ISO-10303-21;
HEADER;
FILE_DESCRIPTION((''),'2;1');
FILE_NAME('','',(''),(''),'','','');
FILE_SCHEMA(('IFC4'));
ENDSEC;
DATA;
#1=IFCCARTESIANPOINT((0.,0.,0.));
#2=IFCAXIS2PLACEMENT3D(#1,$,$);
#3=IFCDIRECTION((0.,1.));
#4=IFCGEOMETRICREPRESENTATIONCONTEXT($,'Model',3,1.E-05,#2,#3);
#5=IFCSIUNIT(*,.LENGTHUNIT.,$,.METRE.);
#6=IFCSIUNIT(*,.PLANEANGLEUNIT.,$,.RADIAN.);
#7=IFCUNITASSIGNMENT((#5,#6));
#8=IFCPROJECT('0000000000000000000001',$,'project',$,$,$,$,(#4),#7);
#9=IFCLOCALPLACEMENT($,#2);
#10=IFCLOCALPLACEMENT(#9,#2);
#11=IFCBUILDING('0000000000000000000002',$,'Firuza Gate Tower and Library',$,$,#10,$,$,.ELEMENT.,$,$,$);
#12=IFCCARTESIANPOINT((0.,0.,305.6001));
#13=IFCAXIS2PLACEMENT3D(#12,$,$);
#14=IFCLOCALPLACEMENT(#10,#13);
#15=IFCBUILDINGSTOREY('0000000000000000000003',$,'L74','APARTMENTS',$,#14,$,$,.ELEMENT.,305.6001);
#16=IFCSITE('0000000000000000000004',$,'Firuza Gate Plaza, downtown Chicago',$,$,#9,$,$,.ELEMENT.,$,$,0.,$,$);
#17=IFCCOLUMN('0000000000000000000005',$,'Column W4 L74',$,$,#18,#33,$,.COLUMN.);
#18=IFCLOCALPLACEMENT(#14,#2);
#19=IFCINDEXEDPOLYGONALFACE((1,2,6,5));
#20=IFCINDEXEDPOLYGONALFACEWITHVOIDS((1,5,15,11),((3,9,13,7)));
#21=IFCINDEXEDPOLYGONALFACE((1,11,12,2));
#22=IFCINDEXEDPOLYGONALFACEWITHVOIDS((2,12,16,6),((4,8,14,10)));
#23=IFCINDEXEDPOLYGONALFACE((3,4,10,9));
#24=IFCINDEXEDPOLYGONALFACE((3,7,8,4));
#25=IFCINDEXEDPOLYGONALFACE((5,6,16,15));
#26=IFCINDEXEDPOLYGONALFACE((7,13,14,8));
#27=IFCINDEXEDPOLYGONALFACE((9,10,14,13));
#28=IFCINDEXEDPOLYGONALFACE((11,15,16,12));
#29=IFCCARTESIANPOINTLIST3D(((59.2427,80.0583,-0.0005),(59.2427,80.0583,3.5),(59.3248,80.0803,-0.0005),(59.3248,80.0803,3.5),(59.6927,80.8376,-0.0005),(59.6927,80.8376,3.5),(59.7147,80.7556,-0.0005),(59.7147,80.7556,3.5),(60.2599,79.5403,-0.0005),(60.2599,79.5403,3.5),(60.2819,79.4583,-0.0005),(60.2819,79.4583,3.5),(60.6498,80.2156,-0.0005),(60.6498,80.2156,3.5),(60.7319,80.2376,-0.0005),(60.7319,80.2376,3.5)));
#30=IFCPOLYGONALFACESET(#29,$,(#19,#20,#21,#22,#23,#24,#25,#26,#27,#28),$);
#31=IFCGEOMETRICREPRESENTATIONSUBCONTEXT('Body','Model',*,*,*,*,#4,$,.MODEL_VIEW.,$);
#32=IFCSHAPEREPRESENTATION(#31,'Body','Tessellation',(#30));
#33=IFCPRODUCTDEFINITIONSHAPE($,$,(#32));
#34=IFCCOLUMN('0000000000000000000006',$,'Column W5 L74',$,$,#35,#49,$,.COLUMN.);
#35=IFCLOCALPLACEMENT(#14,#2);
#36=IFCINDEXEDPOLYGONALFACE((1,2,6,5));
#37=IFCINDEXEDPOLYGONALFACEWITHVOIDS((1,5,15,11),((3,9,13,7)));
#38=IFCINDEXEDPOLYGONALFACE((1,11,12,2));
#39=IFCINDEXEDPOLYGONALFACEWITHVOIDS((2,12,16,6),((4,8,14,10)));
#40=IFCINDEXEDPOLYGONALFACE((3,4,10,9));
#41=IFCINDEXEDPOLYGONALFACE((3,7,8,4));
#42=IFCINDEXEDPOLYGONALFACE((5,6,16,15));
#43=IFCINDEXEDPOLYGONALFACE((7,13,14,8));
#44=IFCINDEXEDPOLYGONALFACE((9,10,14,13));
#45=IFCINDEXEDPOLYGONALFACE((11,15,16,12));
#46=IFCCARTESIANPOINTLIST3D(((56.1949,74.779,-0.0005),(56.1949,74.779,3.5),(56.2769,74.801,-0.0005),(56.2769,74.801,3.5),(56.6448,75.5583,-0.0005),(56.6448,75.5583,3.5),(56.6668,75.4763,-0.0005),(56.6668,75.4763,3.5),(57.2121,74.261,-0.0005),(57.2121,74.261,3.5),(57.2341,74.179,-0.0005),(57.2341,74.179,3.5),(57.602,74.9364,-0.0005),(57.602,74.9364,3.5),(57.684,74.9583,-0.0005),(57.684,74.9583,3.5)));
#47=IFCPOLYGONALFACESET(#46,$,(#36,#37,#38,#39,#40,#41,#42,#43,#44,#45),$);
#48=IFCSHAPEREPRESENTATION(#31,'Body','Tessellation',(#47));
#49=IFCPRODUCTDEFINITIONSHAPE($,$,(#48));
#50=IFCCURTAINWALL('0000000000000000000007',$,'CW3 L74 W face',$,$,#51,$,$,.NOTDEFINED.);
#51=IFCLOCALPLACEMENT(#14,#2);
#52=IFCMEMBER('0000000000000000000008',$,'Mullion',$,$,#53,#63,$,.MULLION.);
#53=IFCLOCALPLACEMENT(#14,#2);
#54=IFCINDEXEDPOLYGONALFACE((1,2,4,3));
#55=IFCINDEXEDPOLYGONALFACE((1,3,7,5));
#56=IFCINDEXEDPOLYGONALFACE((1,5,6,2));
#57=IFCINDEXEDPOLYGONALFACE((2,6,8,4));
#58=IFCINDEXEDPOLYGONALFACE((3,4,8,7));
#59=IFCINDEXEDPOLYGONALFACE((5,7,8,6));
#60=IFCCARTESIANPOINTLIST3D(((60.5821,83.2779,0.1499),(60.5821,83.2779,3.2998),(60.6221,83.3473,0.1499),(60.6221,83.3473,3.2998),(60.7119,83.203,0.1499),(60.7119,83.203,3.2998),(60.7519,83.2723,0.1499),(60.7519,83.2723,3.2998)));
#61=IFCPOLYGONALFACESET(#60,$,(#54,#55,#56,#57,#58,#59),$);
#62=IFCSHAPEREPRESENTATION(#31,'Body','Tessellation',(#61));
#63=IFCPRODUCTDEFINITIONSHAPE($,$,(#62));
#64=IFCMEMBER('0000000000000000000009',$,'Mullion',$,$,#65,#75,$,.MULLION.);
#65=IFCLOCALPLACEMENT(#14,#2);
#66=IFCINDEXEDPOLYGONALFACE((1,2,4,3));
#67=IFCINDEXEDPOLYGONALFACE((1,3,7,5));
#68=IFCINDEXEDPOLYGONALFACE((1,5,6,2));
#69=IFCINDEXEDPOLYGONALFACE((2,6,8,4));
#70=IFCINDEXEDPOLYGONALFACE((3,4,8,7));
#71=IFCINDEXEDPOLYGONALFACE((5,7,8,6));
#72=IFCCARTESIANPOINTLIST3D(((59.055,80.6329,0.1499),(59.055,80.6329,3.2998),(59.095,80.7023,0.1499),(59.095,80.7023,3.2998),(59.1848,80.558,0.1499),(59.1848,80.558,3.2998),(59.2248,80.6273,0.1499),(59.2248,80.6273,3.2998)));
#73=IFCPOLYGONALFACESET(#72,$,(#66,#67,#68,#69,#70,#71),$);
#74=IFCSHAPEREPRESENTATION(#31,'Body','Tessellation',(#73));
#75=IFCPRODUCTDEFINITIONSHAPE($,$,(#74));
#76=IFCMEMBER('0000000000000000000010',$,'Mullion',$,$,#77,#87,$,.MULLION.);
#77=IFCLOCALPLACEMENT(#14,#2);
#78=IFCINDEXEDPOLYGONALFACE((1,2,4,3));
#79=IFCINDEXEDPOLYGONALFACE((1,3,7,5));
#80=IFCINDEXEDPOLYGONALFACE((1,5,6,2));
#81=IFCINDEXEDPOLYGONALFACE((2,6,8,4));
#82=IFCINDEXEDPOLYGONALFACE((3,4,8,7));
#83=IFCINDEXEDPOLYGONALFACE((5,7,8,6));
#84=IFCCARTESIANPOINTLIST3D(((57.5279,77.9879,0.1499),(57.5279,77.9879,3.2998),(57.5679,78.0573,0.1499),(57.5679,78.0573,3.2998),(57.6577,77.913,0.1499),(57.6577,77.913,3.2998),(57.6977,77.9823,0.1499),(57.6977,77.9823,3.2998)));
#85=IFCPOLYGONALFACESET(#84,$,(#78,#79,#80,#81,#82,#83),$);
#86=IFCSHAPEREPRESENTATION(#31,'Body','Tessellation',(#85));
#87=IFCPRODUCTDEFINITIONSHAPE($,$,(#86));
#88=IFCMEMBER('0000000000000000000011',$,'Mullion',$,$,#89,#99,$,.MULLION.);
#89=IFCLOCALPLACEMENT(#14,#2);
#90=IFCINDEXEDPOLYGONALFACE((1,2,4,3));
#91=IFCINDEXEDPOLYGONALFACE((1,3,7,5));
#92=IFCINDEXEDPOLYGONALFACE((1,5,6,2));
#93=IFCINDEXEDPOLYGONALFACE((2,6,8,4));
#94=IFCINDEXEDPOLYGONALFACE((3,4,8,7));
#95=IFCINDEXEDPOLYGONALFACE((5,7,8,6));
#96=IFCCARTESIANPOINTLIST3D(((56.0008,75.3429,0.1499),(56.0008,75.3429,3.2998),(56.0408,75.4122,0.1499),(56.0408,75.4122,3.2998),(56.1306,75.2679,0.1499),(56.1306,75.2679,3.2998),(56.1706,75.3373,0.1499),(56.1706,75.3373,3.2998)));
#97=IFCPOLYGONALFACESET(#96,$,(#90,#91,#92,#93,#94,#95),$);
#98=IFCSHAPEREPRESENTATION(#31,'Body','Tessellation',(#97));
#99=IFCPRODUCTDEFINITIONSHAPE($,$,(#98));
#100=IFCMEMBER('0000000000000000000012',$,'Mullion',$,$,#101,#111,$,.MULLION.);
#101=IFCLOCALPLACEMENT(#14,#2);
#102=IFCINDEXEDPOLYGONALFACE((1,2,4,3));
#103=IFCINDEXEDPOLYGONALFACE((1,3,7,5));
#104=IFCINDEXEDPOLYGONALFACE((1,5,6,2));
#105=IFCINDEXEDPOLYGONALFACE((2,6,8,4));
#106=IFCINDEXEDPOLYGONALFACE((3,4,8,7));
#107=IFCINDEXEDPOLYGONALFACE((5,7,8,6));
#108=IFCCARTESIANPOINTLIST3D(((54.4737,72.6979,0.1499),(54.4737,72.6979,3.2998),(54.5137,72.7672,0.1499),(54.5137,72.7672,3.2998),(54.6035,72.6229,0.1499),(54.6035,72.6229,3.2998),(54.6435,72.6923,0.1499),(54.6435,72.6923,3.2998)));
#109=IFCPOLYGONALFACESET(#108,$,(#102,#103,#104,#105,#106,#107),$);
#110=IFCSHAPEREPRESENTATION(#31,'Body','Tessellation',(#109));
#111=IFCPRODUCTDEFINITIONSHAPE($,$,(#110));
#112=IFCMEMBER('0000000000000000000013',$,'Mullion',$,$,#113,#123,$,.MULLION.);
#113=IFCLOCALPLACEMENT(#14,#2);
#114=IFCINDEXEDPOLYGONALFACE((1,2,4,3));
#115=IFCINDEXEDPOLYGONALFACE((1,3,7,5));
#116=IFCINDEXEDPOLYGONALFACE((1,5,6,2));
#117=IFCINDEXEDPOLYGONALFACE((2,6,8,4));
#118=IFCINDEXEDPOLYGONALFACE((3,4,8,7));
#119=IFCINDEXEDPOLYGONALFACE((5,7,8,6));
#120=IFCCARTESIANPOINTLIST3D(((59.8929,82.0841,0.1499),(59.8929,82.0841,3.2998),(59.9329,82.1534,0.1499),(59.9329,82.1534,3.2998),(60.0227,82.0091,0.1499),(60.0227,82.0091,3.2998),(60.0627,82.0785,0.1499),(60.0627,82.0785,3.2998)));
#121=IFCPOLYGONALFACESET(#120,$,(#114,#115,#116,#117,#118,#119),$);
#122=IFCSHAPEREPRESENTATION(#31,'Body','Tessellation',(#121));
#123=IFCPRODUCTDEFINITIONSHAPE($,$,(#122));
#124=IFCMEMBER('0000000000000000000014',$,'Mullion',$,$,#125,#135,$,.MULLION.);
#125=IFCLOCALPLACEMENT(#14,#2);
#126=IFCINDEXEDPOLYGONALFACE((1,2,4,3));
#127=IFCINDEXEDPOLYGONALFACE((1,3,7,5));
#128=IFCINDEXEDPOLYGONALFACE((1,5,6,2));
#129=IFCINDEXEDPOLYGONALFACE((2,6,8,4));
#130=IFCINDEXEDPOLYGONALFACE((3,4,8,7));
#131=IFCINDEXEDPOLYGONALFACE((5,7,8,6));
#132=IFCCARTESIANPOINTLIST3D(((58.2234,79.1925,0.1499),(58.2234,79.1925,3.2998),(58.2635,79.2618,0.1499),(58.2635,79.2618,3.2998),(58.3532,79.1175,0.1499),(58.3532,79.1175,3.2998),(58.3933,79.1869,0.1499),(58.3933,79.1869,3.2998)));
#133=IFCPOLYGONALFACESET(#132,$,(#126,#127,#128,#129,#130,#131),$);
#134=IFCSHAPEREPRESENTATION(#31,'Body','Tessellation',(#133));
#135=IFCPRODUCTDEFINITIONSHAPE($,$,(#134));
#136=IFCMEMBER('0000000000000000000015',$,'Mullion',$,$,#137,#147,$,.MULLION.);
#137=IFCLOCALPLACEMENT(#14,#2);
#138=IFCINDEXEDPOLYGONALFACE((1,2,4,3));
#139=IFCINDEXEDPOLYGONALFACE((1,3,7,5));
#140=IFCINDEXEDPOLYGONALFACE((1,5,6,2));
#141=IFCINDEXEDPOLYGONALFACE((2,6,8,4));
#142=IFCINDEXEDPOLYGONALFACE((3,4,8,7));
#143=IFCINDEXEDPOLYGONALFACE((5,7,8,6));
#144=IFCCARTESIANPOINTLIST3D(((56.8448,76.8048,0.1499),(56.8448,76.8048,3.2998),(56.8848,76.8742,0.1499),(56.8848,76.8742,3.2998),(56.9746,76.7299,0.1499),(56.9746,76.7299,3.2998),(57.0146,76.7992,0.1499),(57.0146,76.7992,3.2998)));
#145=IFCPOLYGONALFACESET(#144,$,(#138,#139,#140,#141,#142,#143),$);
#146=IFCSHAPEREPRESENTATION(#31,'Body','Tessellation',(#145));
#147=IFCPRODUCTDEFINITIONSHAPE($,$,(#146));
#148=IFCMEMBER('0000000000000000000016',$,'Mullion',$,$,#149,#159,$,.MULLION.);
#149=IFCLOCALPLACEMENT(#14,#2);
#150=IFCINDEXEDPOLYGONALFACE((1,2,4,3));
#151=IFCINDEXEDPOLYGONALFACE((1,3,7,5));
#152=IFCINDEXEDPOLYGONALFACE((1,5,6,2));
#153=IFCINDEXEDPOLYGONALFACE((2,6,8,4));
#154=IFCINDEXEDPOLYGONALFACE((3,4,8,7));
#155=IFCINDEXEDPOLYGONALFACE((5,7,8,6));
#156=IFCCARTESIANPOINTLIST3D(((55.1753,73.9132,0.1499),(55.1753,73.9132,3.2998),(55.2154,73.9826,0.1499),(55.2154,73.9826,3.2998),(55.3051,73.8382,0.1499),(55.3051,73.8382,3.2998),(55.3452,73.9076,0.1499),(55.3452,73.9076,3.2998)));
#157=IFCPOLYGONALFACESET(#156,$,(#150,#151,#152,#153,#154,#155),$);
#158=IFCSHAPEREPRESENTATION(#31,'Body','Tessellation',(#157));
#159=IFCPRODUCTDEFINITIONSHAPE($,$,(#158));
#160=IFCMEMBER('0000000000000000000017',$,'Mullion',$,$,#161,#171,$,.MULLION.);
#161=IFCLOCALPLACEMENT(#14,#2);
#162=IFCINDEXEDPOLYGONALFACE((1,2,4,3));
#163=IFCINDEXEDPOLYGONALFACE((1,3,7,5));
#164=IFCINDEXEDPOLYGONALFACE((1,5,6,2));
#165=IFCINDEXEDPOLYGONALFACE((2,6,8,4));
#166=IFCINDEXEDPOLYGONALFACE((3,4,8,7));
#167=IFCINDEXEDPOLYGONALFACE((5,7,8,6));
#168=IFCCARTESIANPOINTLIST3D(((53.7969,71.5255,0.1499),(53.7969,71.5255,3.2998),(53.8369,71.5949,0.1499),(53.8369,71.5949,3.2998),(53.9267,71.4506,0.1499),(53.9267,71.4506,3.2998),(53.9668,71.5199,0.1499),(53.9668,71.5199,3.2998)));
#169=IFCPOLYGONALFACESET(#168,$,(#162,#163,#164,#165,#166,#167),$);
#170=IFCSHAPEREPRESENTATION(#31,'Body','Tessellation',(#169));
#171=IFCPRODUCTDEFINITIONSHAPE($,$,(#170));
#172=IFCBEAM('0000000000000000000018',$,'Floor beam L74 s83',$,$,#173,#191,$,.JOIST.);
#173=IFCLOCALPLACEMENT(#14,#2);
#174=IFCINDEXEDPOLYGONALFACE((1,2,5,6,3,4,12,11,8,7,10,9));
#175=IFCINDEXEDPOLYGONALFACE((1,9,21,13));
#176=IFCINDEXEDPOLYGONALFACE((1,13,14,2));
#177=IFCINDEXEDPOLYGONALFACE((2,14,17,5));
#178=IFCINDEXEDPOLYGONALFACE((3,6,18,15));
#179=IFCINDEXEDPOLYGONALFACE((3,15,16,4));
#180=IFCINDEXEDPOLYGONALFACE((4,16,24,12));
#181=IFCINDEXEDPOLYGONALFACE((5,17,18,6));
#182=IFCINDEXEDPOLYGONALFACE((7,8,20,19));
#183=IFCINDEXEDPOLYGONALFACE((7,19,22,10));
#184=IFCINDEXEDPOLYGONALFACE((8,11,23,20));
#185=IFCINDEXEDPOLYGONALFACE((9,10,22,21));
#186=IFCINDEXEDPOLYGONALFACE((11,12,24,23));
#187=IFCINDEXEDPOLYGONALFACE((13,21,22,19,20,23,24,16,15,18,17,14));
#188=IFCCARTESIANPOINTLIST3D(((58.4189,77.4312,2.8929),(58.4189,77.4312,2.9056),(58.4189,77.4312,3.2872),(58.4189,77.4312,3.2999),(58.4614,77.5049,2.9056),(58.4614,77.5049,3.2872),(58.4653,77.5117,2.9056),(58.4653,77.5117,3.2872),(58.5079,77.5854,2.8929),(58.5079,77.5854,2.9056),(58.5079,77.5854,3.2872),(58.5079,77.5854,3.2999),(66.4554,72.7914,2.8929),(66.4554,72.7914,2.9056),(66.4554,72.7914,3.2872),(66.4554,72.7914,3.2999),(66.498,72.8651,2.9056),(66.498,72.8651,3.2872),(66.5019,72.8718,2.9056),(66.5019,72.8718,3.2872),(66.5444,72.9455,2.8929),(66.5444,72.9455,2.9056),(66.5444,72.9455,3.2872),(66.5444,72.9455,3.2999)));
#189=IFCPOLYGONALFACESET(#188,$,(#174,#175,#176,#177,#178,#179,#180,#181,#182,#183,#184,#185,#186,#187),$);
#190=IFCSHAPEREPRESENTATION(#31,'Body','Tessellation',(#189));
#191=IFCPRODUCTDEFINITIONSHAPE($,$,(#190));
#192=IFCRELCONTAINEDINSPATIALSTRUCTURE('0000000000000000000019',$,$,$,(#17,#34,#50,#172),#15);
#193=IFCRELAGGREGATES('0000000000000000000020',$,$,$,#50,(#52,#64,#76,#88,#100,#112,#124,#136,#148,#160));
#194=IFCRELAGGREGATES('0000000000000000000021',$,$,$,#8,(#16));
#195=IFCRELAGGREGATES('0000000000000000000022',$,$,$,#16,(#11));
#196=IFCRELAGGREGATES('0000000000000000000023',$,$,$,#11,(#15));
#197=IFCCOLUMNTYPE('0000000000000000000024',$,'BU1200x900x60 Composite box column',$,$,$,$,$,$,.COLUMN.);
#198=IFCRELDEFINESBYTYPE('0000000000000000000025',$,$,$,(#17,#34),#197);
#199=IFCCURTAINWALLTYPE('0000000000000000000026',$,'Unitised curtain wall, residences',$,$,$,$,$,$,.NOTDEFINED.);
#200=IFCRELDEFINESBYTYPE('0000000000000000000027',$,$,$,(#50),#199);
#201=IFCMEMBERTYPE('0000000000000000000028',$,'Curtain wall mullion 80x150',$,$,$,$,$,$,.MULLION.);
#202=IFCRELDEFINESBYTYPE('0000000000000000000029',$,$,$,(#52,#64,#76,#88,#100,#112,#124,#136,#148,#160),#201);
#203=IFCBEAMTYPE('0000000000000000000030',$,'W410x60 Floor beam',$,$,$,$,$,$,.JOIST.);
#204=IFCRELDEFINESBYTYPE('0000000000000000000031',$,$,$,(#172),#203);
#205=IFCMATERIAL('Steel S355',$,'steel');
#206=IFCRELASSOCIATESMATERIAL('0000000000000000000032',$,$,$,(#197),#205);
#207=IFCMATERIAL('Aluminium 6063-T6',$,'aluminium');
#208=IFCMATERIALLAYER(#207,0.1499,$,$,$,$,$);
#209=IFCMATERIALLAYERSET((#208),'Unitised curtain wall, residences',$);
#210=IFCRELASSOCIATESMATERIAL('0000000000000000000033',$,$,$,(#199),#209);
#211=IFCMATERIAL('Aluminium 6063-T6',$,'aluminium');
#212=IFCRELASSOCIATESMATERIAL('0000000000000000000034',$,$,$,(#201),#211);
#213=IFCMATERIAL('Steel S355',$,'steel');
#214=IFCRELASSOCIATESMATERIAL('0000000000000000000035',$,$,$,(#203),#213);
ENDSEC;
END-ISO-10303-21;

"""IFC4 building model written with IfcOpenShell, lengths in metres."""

from ifc_helpers import new_model, si_unit, direction, frame, origin, origin_2d, place, context, subcontext, project, spatial, rectangle, hollow_rectangle, i_section, extrude, material, layer, layer_set, material_profile, profile_set, type_object, element, aggregate, save


model = new_model("IFC4")

# Units and contexts
model_context = context("Model", 3, precision=1e-05, world=origin(), true_north=direction((0.0, 1.0)))
body_context = subcontext(model_context, "Body", "Model", "MODEL_VIEW")
ifc_project = project(units=[si_unit("LENGTHUNIT", "METRE"), si_unit("PLANEANGLEUNIT", "RADIAN")], contexts=[model_context])

# Site, building, storey
site_placement = place(None, origin())
site = spatial("IfcSite", under=ifc_project, at=site_placement, Name="Firuza Gate Plaza, downtown Chicago", CompositionType="ELEMENT", RefElevation=0.0)
building_placement = place(site_placement, origin())
building = spatial("IfcBuilding", under=site, at=building_placement, Name="Firuza Gate Tower and Library", CompositionType="ELEMENT")
storey_placement = place(building_placement, frame((0.0, 0.0, 305.6001)))
storey = spatial("IfcBuildingStorey", under=building, at=storey_placement, Name="L74", Description="APARTMENTS", CompositionType="ELEMENT", Elevation=305.6001)

# Columns
ifc_material_1 = material(Name="Steel S355", Category="steel")
ifc_material_profile_1 = material_profile(ifc_material_1, hollow_rectangle(XDim=0.8999, YDim=1.2, WallThickness=0.0601, at=origin_2d()))
ifc_profile_set_1 = profile_set([ifc_material_profile_1], Name="Steel S355")
column_type = type_object("IfcColumnType", Name="BU1200x900x60 Composite box column", PredefinedType="COLUMN", material=ifc_profile_set_1)
for number, where, z_axis, x_axis, name in (
    (1, (59.9873, 80.1479, -0.0005), (0.0, 0.0, 1.0), (-0.5, -0.866025, 0.0), "Column W4 L74"),
    (2, (56.9395, 74.8687, -0.0005), (0.0, 0.0, 1.0), (-0.5, -0.866025, 0.0), "Column W5 L74"),
):
    element("IfcColumn", number, at=place(storey_placement, frame(where, z_axis=z_axis, x_axis=x_axis)), inside=storey, type_object=column_type, Name=name, PredefinedType="COLUMN", context=body_context, shape_type="SweptSolid", body=[
        extrude(hollow_rectangle(XDim=0.8999, YDim=1.2, WallThickness=0.0601, at=origin_2d()), origin(), (0.0, 0.0, 1.0), 3.5005),
    ])

# Curtain wall, members
ifc_material_2 = material(Name="Aluminium 6063-T6", Category="aluminium")
ifc_layer_1 = layer(ifc_material_2, 0.1499)
ifc_layer_set_1 = layer_set([ifc_layer_1], Name="Unitised curtain wall, residences")
curtain_wall_type = type_object("IfcCurtainWallType", Name="Unitised curtain wall, residences", PredefinedType="NOTDEFINED", material=ifc_layer_set_1)
curtain_wall_placement = place(storey_placement, origin())
curtain_wall = element("IfcCurtainWall", 3, at=curtain_wall_placement, inside=storey, type_object=curtain_wall_type, Name="CW3 L74 W face", PredefinedType="NOTDEFINED")
ifc_material_3 = material(Name="Aluminium 6063-T6", Category="aluminium")
ifc_material_profile_2 = material_profile(ifc_material_3, rectangle(XDim=0.1499, YDim=0.0801, at=origin_2d()))
ifc_profile_set_2 = profile_set([ifc_material_profile_2], Name="Aluminium 6063-T6")
member_type = type_object("IfcMemberType", Name="Curtain wall mullion 80x150", PredefinedType="MULLION", material=ifc_profile_set_2)
member_1_placement = place(storey_placement, frame((60.667, 83.2751, 0.1499), z_axis=(0.0, 0.0, 1.0), x_axis=(0.866025, -0.5, 0.0)))
member_1 = element("IfcMember", 4, at=member_1_placement, type_object=member_type, Name="Mullion", PredefinedType="MULLION", context=body_context, shape_type="SweptSolid", body=[
    extrude(rectangle(XDim=0.1499, YDim=0.0801, at=origin_2d()), origin(), (0.0, 0.0, 1.0), 3.1499),
])
member_2_placement = place(storey_placement, frame((59.1399, 80.6301, 0.1499), z_axis=(0.0, 0.0, 1.0), x_axis=(0.866025, -0.5, 0.0)))
member_2 = element("IfcMember", 5, at=member_2_placement, type_object=member_type, Name="Mullion", PredefinedType="MULLION", context=body_context, shape_type="SweptSolid", body=[
    extrude(rectangle(XDim=0.1499, YDim=0.0801, at=origin_2d()), origin(), (0.0, 0.0, 1.0), 3.1499),
])
member_3_placement = place(storey_placement, frame((57.6128, 77.9851, 0.1499), z_axis=(0.0, 0.0, 1.0), x_axis=(0.866025, -0.5, 0.0)))
member_3 = element("IfcMember", 6, at=member_3_placement, type_object=member_type, Name="Mullion", PredefinedType="MULLION", context=body_context, shape_type="SweptSolid", body=[
    extrude(rectangle(XDim=0.1499, YDim=0.0801, at=origin_2d()), origin(), (0.0, 0.0, 1.0), 3.1499),
])
member_4_placement = place(storey_placement, frame((56.0857, 75.3401, 0.1499), z_axis=(0.0, 0.0, 1.0), x_axis=(0.866025, -0.5, 0.0)))
member_4 = element("IfcMember", 7, at=member_4_placement, type_object=member_type, Name="Mullion", PredefinedType="MULLION", context=body_context, shape_type="SweptSolid", body=[
    extrude(rectangle(XDim=0.1499, YDim=0.0801, at=origin_2d()), origin(), (0.0, 0.0, 1.0), 3.1499),
])
member_5_placement = place(storey_placement, frame((54.5586, 72.6951, 0.1499), z_axis=(0.0, 0.0, 1.0), x_axis=(0.866025, -0.5, 0.0)))
member_5 = element("IfcMember", 8, at=member_5_placement, type_object=member_type, Name="Mullion", PredefinedType="MULLION", context=body_context, shape_type="SweptSolid", body=[
    extrude(rectangle(XDim=0.1499, YDim=0.0801, at=origin_2d()), origin(), (0.0, 0.0, 1.0), 3.1499),
])
member_6_placement = place(storey_placement, frame((59.9778, 82.0813, 0.1499), z_axis=(0.0, 0.0, 1.0), x_axis=(0.866025, -0.5, 0.0)))
member_6 = element("IfcMember", 9, at=member_6_placement, type_object=member_type, Name="Mullion", PredefinedType="MULLION", context=body_context, shape_type="SweptSolid", body=[
    extrude(rectangle(XDim=0.1499, YDim=0.0801, at=origin_2d()), origin(), (0.0, 0.0, 1.0), 3.1499),
])
member_7_placement = place(storey_placement, frame((58.3083, 79.1897, 0.1499), z_axis=(0.0, 0.0, 1.0), x_axis=(0.866025, -0.5, 0.0)))
member_7 = element("IfcMember", 10, at=member_7_placement, type_object=member_type, Name="Mullion", PredefinedType="MULLION", context=body_context, shape_type="SweptSolid", body=[
    extrude(rectangle(XDim=0.1499, YDim=0.0801, at=origin_2d()), origin(), (0.0, 0.0, 1.0), 3.1499),
])
member_8_placement = place(storey_placement, frame((56.9297, 76.802, 0.1499), z_axis=(0.0, 0.0, 1.0), x_axis=(0.866025, -0.5, 0.0)))
member_8 = element("IfcMember", 11, at=member_8_placement, type_object=member_type, Name="Mullion", PredefinedType="MULLION", context=body_context, shape_type="SweptSolid", body=[
    extrude(rectangle(XDim=0.1499, YDim=0.0801, at=origin_2d()), origin(), (0.0, 0.0, 1.0), 3.1499),
])
member_9_placement = place(storey_placement, frame((55.2603, 73.9104, 0.1499), z_axis=(0.0, 0.0, 1.0), x_axis=(0.866025, -0.5, 0.0)))
member_9 = element("IfcMember", 12, at=member_9_placement, type_object=member_type, Name="Mullion", PredefinedType="MULLION", context=body_context, shape_type="SweptSolid", body=[
    extrude(rectangle(XDim=0.1499, YDim=0.0801, at=origin_2d()), origin(), (0.0, 0.0, 1.0), 3.1499),
])
member_10_placement = place(storey_placement, frame((53.8818, 71.5227, 0.1499), z_axis=(0.0, 0.0, 1.0), x_axis=(0.866025, -0.5, 0.0)))
member_10 = element("IfcMember", 13, at=member_10_placement, type_object=member_type, Name="Mullion", PredefinedType="MULLION", context=body_context, shape_type="SweptSolid", body=[
    extrude(rectangle(XDim=0.1499, YDim=0.0801, at=origin_2d()), origin(), (0.0, 0.0, 1.0), 3.1499),
])

# Beam
ifc_material_4 = material(Name="Steel S355", Category="steel")
ifc_material_profile_3 = material_profile(ifc_material_4, i_section(OverallWidth=0.178, OverallDepth=0.407, WebThickness=0.0078, FlangeThickness=0.0127, at=origin_2d()))
ifc_profile_set_3 = profile_set([ifc_material_profile_3], Name="Steel S355")
beam_type_1 = type_object("IfcBeamType", Name="W410x60 Floor beam", PredefinedType="JOIST", material=ifc_profile_set_3)
beam_1_placement = place(storey_placement, frame((58.4634, 77.5083, 3.0964), z_axis=(0.866028, -0.499996, 0.0), x_axis=(0.499996, 0.866028, 0.0)))
element("IfcBeam", 14, at=beam_1_placement, inside=storey, type_object=beam_type_1, Name="Floor beam L74 s83", PredefinedType="JOIST", context=body_context, shape_type="SweptSolid", body=[
    extrude(i_section(OverallWidth=0.178, OverallDepth=0.407, WebThickness=0.0078, FlangeThickness=0.0127, at=origin_2d()), origin(), (0.0, 0.0, 1.0), 9.2798),
])

aggregate(curtain_wall, [member_1, member_2, member_3, member_4, member_5, member_6, member_7, member_8, member_9, member_10])

save(model, "model.ifc")
